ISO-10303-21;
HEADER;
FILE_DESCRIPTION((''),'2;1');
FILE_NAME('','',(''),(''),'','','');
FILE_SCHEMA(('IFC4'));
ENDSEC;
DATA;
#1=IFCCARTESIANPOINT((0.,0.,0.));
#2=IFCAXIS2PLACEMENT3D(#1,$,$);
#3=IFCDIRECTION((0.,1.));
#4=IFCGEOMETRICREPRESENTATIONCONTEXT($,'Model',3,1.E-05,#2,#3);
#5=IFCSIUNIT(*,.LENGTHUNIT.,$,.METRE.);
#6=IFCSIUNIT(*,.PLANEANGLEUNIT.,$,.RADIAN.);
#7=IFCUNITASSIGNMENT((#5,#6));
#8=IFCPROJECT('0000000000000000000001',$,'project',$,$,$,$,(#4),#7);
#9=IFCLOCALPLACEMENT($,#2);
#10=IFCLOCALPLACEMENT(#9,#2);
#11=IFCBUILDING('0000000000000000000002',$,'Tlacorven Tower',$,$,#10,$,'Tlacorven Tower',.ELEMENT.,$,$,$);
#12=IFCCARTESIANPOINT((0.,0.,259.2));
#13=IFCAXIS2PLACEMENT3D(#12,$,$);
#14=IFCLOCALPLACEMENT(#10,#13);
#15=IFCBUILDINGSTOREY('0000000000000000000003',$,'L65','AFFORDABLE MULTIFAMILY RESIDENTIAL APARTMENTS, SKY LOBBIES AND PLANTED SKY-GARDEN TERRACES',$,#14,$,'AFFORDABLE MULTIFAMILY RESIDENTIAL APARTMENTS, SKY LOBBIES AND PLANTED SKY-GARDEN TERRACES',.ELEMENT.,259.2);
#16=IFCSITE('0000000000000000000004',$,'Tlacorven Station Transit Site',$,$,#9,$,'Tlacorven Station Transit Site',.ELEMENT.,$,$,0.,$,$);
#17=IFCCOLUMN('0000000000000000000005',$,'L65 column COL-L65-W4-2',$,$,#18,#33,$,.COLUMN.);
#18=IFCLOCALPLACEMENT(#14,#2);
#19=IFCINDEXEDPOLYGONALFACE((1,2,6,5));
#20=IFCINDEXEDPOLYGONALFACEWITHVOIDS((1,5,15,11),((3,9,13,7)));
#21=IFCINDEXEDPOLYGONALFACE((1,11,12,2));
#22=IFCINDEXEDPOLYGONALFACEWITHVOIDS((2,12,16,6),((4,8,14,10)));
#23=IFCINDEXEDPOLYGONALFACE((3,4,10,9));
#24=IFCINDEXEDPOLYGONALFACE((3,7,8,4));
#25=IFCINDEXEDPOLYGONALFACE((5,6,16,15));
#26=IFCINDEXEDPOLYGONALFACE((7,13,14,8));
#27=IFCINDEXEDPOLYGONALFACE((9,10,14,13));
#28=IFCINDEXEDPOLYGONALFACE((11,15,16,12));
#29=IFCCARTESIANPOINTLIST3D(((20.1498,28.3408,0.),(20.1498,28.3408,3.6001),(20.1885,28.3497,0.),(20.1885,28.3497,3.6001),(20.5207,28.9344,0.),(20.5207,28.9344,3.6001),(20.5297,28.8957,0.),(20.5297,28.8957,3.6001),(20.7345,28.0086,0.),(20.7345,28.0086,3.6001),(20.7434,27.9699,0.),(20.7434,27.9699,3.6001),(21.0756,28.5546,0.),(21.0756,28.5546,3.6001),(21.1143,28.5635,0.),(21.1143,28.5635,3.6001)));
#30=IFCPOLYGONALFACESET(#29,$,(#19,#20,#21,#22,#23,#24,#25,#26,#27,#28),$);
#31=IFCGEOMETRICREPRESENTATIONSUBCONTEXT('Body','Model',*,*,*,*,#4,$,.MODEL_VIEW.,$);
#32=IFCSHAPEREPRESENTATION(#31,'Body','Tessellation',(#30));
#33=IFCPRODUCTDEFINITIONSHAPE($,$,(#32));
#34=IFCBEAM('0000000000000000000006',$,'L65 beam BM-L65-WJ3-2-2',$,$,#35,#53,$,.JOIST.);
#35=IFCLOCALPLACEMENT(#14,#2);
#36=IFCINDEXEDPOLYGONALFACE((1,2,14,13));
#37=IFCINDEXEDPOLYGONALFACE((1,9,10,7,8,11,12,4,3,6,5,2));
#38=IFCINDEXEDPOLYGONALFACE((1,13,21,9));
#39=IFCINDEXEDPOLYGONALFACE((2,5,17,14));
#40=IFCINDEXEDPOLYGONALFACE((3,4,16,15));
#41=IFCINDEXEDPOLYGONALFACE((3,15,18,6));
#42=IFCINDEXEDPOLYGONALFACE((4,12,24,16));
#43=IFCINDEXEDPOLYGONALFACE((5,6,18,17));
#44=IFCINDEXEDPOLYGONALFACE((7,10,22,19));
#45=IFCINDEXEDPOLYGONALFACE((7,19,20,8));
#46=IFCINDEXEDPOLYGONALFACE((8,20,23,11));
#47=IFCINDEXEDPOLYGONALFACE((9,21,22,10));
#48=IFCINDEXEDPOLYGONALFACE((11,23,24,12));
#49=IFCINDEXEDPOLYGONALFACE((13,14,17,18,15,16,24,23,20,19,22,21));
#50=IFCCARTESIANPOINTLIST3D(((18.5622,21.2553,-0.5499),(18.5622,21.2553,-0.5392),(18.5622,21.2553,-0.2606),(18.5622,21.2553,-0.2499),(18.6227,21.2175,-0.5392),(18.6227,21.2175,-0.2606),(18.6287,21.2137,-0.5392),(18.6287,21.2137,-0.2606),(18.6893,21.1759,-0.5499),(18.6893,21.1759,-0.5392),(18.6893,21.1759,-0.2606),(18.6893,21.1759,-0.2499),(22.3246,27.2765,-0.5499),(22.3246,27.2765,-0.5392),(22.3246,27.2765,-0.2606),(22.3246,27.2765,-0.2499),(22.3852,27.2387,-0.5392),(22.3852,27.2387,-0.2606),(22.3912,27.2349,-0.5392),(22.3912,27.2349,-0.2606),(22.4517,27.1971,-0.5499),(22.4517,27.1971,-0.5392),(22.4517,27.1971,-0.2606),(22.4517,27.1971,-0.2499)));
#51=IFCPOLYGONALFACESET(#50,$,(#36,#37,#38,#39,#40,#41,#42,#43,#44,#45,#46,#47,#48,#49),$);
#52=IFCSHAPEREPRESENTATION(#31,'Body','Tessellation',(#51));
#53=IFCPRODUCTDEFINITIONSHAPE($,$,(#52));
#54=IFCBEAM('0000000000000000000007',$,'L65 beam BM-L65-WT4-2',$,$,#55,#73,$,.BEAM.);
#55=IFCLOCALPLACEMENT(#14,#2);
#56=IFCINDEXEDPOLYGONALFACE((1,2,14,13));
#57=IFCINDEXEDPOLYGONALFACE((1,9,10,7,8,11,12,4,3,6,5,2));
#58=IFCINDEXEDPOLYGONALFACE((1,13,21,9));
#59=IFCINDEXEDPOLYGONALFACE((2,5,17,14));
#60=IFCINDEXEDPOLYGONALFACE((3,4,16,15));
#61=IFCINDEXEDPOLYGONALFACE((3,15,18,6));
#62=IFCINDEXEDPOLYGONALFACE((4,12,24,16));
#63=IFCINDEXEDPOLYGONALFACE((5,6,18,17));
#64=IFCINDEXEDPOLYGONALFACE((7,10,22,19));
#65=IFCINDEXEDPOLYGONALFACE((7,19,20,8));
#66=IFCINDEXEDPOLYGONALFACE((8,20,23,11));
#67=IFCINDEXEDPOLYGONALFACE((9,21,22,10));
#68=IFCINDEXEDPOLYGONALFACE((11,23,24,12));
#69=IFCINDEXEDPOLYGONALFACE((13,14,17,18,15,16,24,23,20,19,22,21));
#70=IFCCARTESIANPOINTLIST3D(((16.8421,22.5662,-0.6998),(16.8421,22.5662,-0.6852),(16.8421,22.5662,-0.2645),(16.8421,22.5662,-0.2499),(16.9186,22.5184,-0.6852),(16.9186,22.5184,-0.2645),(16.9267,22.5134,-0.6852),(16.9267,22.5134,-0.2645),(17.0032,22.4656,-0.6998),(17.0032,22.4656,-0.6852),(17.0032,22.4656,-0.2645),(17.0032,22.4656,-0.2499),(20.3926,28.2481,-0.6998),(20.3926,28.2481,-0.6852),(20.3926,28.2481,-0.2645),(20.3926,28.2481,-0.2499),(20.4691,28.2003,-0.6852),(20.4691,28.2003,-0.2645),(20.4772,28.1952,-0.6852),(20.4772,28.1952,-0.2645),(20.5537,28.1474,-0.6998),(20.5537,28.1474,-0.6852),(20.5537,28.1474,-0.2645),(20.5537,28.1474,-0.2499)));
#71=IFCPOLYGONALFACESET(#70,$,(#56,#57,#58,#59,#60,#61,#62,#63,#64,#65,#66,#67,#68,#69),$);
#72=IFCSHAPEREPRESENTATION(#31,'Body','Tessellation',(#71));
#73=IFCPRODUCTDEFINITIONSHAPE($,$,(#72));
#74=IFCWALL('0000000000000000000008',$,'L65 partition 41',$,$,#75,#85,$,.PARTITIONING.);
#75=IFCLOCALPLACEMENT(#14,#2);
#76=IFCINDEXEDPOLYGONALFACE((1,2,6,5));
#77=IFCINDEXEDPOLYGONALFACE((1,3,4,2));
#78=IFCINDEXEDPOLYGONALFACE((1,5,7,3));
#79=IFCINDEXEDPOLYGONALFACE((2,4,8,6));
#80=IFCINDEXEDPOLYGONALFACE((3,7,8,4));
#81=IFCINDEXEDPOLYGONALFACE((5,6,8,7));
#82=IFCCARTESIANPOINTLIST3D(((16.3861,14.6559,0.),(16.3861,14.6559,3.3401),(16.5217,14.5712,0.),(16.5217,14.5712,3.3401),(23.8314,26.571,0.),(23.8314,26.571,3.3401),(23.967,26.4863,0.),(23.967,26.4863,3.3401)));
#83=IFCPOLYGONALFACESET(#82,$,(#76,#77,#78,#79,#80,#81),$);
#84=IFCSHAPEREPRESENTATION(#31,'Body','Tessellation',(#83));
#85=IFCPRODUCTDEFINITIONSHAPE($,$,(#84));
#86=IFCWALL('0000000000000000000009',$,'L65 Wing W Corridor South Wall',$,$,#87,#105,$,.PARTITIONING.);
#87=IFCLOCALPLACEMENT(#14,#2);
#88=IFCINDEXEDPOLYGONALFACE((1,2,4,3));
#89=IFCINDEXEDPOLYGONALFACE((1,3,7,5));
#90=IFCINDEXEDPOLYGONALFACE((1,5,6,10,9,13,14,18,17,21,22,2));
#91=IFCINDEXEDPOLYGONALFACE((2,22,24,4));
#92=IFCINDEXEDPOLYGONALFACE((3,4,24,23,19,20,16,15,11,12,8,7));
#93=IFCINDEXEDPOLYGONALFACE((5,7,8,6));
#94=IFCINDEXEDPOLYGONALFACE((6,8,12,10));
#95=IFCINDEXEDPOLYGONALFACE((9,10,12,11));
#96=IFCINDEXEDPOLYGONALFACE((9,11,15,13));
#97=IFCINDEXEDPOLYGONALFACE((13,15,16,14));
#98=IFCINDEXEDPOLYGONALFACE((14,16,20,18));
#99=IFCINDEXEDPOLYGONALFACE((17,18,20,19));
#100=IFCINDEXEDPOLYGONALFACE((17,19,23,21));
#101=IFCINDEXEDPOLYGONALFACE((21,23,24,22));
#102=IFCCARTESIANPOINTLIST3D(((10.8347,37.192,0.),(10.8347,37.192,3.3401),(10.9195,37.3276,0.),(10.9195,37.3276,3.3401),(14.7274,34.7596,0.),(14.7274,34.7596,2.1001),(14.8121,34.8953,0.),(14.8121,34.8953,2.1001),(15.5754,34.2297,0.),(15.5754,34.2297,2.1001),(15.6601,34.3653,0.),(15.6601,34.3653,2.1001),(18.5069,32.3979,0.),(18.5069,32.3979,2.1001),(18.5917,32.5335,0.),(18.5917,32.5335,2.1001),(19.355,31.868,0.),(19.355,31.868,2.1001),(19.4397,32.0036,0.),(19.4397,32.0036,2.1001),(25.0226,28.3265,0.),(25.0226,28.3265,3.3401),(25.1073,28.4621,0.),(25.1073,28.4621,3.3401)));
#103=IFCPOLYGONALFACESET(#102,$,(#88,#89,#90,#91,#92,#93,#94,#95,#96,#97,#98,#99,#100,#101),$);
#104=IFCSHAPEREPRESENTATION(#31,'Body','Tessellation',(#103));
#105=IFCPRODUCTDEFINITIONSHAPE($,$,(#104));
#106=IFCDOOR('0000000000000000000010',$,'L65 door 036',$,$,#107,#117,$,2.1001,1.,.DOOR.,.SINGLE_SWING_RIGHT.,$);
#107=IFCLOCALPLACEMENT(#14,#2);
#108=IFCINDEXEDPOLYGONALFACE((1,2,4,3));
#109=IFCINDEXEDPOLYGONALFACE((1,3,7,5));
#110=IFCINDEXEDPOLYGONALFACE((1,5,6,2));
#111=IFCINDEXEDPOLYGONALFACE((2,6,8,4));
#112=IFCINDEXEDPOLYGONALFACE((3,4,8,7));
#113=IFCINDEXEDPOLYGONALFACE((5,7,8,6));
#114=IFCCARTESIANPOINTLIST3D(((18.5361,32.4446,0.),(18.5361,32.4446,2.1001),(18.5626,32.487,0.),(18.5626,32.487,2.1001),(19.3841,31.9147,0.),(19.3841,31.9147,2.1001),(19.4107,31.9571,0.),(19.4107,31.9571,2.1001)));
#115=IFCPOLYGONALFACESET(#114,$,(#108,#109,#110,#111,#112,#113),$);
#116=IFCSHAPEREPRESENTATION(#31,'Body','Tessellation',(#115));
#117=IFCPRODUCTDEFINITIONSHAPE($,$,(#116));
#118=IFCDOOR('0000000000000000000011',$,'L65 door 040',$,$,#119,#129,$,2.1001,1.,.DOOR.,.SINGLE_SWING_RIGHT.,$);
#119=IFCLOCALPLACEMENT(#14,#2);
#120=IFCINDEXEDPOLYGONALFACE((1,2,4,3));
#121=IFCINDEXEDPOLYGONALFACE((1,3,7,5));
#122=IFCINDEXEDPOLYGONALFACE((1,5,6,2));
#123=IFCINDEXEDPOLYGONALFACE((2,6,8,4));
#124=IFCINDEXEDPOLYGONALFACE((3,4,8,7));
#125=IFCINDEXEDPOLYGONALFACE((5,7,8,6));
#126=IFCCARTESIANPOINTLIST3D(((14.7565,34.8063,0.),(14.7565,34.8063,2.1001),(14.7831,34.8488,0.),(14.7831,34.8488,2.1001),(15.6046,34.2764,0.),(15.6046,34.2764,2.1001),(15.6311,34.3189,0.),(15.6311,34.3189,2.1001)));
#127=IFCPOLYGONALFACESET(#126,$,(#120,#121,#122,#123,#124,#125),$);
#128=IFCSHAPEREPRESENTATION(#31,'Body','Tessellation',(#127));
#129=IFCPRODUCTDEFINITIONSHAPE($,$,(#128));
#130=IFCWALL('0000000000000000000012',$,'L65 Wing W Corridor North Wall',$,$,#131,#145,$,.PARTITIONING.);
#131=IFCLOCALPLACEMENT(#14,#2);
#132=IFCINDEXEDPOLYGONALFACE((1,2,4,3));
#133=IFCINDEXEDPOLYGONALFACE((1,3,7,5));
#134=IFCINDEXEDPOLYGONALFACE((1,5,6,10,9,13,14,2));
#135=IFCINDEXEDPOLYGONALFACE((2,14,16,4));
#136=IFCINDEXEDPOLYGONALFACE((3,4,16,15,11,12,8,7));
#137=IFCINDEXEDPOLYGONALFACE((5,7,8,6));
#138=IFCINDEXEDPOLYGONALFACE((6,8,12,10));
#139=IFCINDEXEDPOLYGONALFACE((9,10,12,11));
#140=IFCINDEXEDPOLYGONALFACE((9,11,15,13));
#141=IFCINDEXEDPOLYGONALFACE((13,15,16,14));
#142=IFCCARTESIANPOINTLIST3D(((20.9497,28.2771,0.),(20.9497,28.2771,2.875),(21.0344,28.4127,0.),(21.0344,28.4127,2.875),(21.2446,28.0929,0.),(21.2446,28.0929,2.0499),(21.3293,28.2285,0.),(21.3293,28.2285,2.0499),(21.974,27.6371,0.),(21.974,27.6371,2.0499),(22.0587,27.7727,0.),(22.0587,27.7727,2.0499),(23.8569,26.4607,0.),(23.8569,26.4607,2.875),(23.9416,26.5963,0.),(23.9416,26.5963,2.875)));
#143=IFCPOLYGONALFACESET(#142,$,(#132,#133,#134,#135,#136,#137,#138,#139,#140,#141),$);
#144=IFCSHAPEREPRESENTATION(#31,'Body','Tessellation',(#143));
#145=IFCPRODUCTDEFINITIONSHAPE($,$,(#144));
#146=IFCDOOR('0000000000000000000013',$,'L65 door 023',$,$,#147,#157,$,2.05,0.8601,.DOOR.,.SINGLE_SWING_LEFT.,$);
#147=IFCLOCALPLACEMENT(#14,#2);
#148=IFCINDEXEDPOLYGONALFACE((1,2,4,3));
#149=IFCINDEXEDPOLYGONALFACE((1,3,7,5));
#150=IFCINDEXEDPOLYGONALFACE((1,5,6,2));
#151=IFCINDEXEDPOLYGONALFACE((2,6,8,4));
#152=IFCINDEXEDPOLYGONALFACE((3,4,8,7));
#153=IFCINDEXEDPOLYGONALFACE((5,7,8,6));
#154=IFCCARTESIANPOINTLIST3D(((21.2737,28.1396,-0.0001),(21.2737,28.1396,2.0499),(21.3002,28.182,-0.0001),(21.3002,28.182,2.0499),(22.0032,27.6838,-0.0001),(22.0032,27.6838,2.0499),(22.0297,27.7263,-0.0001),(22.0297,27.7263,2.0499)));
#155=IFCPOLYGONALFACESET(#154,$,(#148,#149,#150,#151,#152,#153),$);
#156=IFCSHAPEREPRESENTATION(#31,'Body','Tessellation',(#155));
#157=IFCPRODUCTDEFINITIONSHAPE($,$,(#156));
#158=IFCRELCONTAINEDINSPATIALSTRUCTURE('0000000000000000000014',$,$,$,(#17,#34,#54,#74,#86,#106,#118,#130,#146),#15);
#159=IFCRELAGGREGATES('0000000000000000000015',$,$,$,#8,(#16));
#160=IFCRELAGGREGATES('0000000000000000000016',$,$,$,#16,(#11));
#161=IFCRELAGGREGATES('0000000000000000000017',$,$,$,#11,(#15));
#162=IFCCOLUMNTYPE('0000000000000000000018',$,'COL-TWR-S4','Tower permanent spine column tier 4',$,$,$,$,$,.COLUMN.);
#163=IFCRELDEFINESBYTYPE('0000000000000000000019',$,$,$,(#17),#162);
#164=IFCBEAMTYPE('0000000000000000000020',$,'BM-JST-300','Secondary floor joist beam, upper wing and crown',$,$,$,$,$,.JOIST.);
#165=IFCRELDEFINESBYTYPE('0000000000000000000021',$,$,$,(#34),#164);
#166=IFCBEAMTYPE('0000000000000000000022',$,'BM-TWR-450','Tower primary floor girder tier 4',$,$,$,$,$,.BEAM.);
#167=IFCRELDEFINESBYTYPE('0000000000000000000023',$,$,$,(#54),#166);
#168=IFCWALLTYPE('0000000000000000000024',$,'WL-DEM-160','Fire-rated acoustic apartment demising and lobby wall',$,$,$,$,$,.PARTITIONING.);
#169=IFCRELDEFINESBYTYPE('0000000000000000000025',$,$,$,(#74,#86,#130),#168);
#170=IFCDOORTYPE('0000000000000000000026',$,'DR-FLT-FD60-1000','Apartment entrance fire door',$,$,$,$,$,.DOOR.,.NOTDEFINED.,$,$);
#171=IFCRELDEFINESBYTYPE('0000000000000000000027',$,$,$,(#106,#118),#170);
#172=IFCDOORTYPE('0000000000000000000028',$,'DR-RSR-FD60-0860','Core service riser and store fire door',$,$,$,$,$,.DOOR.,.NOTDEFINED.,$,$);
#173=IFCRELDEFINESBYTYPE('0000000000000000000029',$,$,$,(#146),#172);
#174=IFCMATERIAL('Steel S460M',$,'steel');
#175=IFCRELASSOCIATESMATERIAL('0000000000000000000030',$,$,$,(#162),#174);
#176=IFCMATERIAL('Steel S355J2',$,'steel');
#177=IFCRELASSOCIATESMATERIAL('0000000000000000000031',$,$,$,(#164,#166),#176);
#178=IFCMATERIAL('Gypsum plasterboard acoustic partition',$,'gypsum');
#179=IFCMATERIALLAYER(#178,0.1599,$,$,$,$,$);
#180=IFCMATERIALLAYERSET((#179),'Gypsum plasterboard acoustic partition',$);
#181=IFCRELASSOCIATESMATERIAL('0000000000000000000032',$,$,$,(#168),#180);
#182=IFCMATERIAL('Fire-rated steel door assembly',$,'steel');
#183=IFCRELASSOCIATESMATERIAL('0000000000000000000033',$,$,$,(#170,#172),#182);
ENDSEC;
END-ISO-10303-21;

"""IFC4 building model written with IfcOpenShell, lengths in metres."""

from ifc_helpers import new_model, si_unit, direction, frame, frame_2d, origin, origin_2d, place, context, subcontext, project, spatial, rectangle, hollow_rectangle, i_section, extrude, source, transform, mapped, material, layer, layer_set, material_profile, profile_set, type_object, element, fill, save


model = new_model("IFC4")

# Units and contexts
model_context = context("Model", 3, precision=1e-05, world=origin(), true_north=direction((0.0, 1.0)))
body_context = subcontext(model_context, "Body", "Model", "MODEL_VIEW")
ifc_project = project(units=[si_unit("LENGTHUNIT", "METRE"), si_unit("PLANEANGLEUNIT", "RADIAN")], contexts=[model_context])

# Site, building, storey
site_placement = place(None, origin())
site = spatial("IfcSite", under=ifc_project, at=site_placement, Name="Tlacorven Station Transit Site", LongName="Tlacorven Station Transit Site", CompositionType="ELEMENT", RefElevation=0.0)
building_placement = place(site_placement, origin())
building = spatial("IfcBuilding", under=site, at=building_placement, Name="Tlacorven Tower", LongName="Tlacorven Tower", CompositionType="ELEMENT")
storey_placement = place(building_placement, frame((0.0, 0.0, 259.2)))
storey = spatial("IfcBuildingStorey", under=building, at=storey_placement, Name="L65", Description="AFFORDABLE MULTIFAMILY RESIDENTIAL APARTMENTS, SKY LOBBIES AND PLANTED SKY-GARDEN TERRACES", LongName="AFFORDABLE MULTIFAMILY RESIDENTIAL APARTMENTS, SKY LOBBIES AND PLANTED SKY-GARDEN TERRACES", CompositionType="ELEMENT", Elevation=259.2)

# Column
ifc_material_1 = material(Name="Steel S460M", Category="steel")
ifc_material_profile_1 = material_profile(ifc_material_1, hollow_rectangle(XDim=0.7, YDim=0.7, WallThickness=0.0281, at=origin_2d()), Name="BOX 700X700X28")
ifc_profile_set_1 = profile_set([ifc_material_profile_1], Name="Steel S460M")
column_type = type_object("IfcColumnType", Name="COL-TWR-S4", Description="Tower permanent spine column tier 4", PredefinedType="COLUMN", material=ifc_profile_set_1)
shared_shape_1 = source(origin(), body_context, "Body", "SweptSolid", [
    extrude(hollow_rectangle(XDim=0.7, YDim=0.7, WallThickness=0.0281, at=origin_2d()), origin(), (0.0, 0.0, 1.0), 3.6001),
])
column_placement = place(storey_placement, frame((20.6321, 28.4521, 0.0), z_axis=(0.0, 0.0, 1.0), x_axis=(-0.848048, 0.529919, 0.0)))
element("IfcColumn", 1, at=column_placement, inside=storey, type_object=column_type, Name="L65 column COL-L65-W4-2", PredefinedType="COLUMN", context=body_context, shape_type="MappedRepresentation", body=[
    mapped(shared_shape_1, transform((0.0, 0.0, 0.0), scale=1.0)),
])

# Beams
ifc_material_2 = material(Name="Steel S355J2", Category="steel")
ifc_material_profile_2 = material_profile(ifc_material_2, i_section(OverallWidth=0.1499, OverallDepth=0.3, WebThickness=0.0071, FlangeThickness=0.0107, at=origin_2d()), Name="IPE 300")
ifc_profile_set_2 = profile_set([ifc_material_profile_2], Name="Steel S355J2")
beam_type_1 = type_object("IfcBeamType", Name="BM-JST-300", Description="Secondary floor joist beam, upper wing and crown", PredefinedType="JOIST", material=ifc_profile_set_2)
shared_shape_2 = source(origin(), body_context, "Body", "SweptSolid", [
    extrude(i_section(OverallWidth=0.1499, OverallDepth=0.3, WebThickness=0.0071, FlangeThickness=0.0107, at=origin_2d()), origin(), (0.0, 0.0, 1.0), 7.1001),
])
beam_1_placement = place(storey_placement, frame((22.3882, 27.2368, -0.3999), z_axis=(-0.529915, -0.84805, 0.0), x_axis=(0.84805, -0.529915, 0.0)))
element("IfcBeam", 2, at=beam_1_placement, inside=storey, type_object=beam_type_1, Name="L65 beam BM-L65-WJ3-2-2", PredefinedType="JOIST", context=body_context, shape_type="MappedRepresentation", body=[
    mapped(shared_shape_2, transform((0.0, 0.0, 0.0), scale=1.0)),
])
ifc_material_profile_3 = material_profile(ifc_material_2, i_section(OverallWidth=0.1899, OverallDepth=0.45, WebThickness=0.0095, FlangeThickness=0.0146, at=origin_2d()), Name="IPE 450")
ifc_profile_set_3 = profile_set([ifc_material_profile_3], Name="Steel S355J2")
beam_type_2 = type_object("IfcBeamType", Name="BM-TWR-450", Description="Tower primary floor girder tier 4", PredefinedType="BEAM", material=ifc_profile_set_3)
shared_shape_3 = source(origin(), body_context, "Body", "SweptSolid", [
    extrude(i_section(OverallWidth=0.1899, OverallDepth=0.45, WebThickness=0.0095, FlangeThickness=0.0146, at=origin_2d()), origin(), (0.0, 0.0, 1.0), 6.7),
])
beam_2_placement = place(storey_placement, frame((20.4731, 28.1978, -0.4749), z_axis=(-0.52993, -0.848041, 0.0), x_axis=(0.848041, -0.52993, 0.0)))
element("IfcBeam", 3, at=beam_2_placement, inside=storey, type_object=beam_type_2, Name="L65 beam BM-L65-WT4-2", PredefinedType="BEAM", context=body_context, shape_type="MappedRepresentation", body=[
    mapped(shared_shape_3, transform((0.0, 0.0, 0.0), scale=1.0)),
])

# Wall
ifc_material_3 = material(Name="Gypsum plasterboard acoustic partition", Category="gypsum")
ifc_layer_1 = layer(ifc_material_3, 0.1599)
ifc_layer_set_1 = layer_set([ifc_layer_1], Name="Gypsum plasterboard acoustic partition")
wall_type_1 = type_object("IfcWallType", Name="WL-DEM-160", Description="Fire-rated acoustic apartment demising and lobby wall", PredefinedType="PARTITIONING", material=ifc_layer_set_1)
wall_1_placement = place(storey_placement, frame((23.8992, 26.5286, 0.0), z_axis=(0.0, 0.0, 1.0), x_axis=(-0.529918, -0.848049, 0.0)))
element("IfcWall", 4, at=wall_1_placement, inside=storey, type_object=wall_type_1, Name="L65 partition 41", PredefinedType="PARTITIONING", context=body_context, shape_type="SweptSolid", body=[
    extrude(rectangle(XDim=14.05, YDim=0.1599, at=frame_2d((7.0249, 0.0))), origin(), (0.0, 0.0, 1.0), 3.3401),
])

# Wall, openings, doors
wall_2_placement = place(storey_placement, frame((25.0649, 28.3943, 0.0), z_axis=(0.0, 0.0, 1.0), x_axis=(-0.848048, 0.529919, 0.0)))
wall_2 = element("IfcWall", 5, at=wall_2_placement, inside=storey, type_object=wall_type_1, Name="L65 Wing W Corridor South Wall", PredefinedType="PARTITIONING", context=body_context, shape_type="SweptSolid", body=[
    extrude(rectangle(XDim=16.73, YDim=0.1599, at=frame_2d((8.365, 0.0))), origin(), (0.0, 0.0, 1.0), 3.3401),
])
opening_1_placement = place(wall_2_placement, frame((6.6831, 0.0, 0.0)))
opening_1 = element("IfcOpeningElement", 6, at=opening_1_placement, cuts=wall_2, PredefinedType="OPENING", context=body_context, shape_type="SweptSolid", body=[
    extrude(rectangle(XDim=1.0, YDim=2.1001, at=frame_2d((0.5, 1.05))), frame((0.0, 0.0898, 0.0), z_axis=(0.0, -1.0, 0.0), x_axis=(1.0, 0.0, 0.0)), (0.0, 0.0, 1.0), 0.1799),
])
opening_2_placement = place(wall_2_placement, frame((11.1399, 0.0, 0.0)))
opening_2 = element("IfcOpeningElement", 7, at=opening_2_placement, cuts=wall_2, PredefinedType="OPENING", context=body_context, shape_type="SweptSolid", body=[
    extrude(rectangle(XDim=1.0, YDim=2.1001, at=frame_2d((0.5, 1.05))), frame((0.0, 0.0898, 0.0), z_axis=(0.0, -1.0, 0.0), x_axis=(1.0, 0.0, 0.0)), (0.0, 0.0, 1.0), 0.1799),
])
ifc_material_4 = material(Name="Fire-rated steel door assembly", Category="steel")
door_type_1 = type_object("IfcDoorType", Name="DR-FLT-FD60-1000", Description="Apartment entrance fire door", OperationType="NOTDEFINED", PredefinedType="DOOR", material=ifc_material_4)
shared_shape_4 = source(origin(), body_context, "Body", "SweptSolid", [
    extrude(rectangle(XDim=1.0, YDim=2.1001, at=frame_2d((0.5, 1.05))), frame((0.0, 0.0249, 0.0), z_axis=(0.0, -1.0, 0.0), x_axis=(1.0, 0.0, 0.0)), (0.0, 0.0, 1.0), 0.05),
])
door_1_placement = place(opening_1_placement, origin())
door_1 = element("IfcDoor", 8, at=door_1_placement, inside=storey, type_object=door_type_1, Name="L65 door 036", OperationType="SINGLE_SWING_RIGHT", OverallHeight=2.1001, OverallWidth=1.0, PredefinedType="DOOR", context=body_context, shape_type="MappedRepresentation", body=[
    mapped(shared_shape_4, transform((0.0, 0.0, 0.0), scale=1.0)),
])
fill(opening_1, door_1)
door_2_placement = place(opening_2_placement, origin())
door_2 = element("IfcDoor", 9, at=door_2_placement, inside=storey, type_object=door_type_1, Name="L65 door 040", OperationType="SINGLE_SWING_RIGHT", OverallHeight=2.1001, OverallWidth=1.0, PredefinedType="DOOR", context=body_context, shape_type="MappedRepresentation", body=[
    mapped(shared_shape_4, transform((0.0, 0.0, 0.0), scale=1.0)),
])
fill(opening_2, door_2)

# Wall, opening, door
wall_3_placement = place(storey_placement, frame((23.8992, 26.5286, 0.0), z_axis=(0.0, 0.0, 1.0), x_axis=(-0.848078, 0.529871, 0.0)))
wall_3 = element("IfcWall", 10, at=wall_3_placement, inside=storey, type_object=wall_type_1, Name="L65 Wing W Corridor North Wall", PredefinedType="PARTITIONING", context=body_context, shape_type="SweptSolid", body=[
    extrude(rectangle(XDim=3.428, YDim=0.1599, at=frame_2d((1.7139, 0.0))), origin(), (0.0, 0.0, 1.0), 2.875),
])
opening_3_placement = place(wall_3_placement, frame((2.22, 0.0, 0.0)))
opening_3 = element("IfcOpeningElement", 11, at=opening_3_placement, cuts=wall_3, PredefinedType="OPENING", context=body_context, shape_type="SweptSolid", body=[
    extrude(rectangle(XDim=0.8601, YDim=2.05, at=frame_2d((0.4302, 1.0249))), frame((0.0, 0.0898, 0.0), z_axis=(0.0, -1.0, 0.0), x_axis=(1.0, 0.0, 0.0)), (0.0, 0.0, 1.0), 0.1799),
])
door_type_2 = type_object("IfcDoorType", Name="DR-RSR-FD60-0860", Description="Core service riser and store fire door", OperationType="NOTDEFINED", PredefinedType="DOOR", material=ifc_material_4)
shared_shape_5 = source(origin(), body_context, "Body", "SweptSolid", [
    extrude(rectangle(XDim=0.8601, YDim=2.05, at=frame_2d((0.4302, 1.0249))), frame((0.0, 0.0249, 0.0), z_axis=(0.0, -1.0, 0.0), x_axis=(1.0, 0.0, 0.0)), (0.0, 0.0, 1.0), 0.05),
])
door_3_placement = place(opening_3_placement, origin())
door_3 = element("IfcDoor", 12, at=door_3_placement, inside=storey, type_object=door_type_2, Name="L65 door 023", OperationType="SINGLE_SWING_LEFT", OverallHeight=2.05, OverallWidth=0.8601, PredefinedType="DOOR", context=body_context, shape_type="MappedRepresentation", body=[
    mapped(shared_shape_5, transform((0.0, 0.0, 0.0), scale=1.0)),
])
fill(opening_3, door_3)

save(model, "model.ifc")
